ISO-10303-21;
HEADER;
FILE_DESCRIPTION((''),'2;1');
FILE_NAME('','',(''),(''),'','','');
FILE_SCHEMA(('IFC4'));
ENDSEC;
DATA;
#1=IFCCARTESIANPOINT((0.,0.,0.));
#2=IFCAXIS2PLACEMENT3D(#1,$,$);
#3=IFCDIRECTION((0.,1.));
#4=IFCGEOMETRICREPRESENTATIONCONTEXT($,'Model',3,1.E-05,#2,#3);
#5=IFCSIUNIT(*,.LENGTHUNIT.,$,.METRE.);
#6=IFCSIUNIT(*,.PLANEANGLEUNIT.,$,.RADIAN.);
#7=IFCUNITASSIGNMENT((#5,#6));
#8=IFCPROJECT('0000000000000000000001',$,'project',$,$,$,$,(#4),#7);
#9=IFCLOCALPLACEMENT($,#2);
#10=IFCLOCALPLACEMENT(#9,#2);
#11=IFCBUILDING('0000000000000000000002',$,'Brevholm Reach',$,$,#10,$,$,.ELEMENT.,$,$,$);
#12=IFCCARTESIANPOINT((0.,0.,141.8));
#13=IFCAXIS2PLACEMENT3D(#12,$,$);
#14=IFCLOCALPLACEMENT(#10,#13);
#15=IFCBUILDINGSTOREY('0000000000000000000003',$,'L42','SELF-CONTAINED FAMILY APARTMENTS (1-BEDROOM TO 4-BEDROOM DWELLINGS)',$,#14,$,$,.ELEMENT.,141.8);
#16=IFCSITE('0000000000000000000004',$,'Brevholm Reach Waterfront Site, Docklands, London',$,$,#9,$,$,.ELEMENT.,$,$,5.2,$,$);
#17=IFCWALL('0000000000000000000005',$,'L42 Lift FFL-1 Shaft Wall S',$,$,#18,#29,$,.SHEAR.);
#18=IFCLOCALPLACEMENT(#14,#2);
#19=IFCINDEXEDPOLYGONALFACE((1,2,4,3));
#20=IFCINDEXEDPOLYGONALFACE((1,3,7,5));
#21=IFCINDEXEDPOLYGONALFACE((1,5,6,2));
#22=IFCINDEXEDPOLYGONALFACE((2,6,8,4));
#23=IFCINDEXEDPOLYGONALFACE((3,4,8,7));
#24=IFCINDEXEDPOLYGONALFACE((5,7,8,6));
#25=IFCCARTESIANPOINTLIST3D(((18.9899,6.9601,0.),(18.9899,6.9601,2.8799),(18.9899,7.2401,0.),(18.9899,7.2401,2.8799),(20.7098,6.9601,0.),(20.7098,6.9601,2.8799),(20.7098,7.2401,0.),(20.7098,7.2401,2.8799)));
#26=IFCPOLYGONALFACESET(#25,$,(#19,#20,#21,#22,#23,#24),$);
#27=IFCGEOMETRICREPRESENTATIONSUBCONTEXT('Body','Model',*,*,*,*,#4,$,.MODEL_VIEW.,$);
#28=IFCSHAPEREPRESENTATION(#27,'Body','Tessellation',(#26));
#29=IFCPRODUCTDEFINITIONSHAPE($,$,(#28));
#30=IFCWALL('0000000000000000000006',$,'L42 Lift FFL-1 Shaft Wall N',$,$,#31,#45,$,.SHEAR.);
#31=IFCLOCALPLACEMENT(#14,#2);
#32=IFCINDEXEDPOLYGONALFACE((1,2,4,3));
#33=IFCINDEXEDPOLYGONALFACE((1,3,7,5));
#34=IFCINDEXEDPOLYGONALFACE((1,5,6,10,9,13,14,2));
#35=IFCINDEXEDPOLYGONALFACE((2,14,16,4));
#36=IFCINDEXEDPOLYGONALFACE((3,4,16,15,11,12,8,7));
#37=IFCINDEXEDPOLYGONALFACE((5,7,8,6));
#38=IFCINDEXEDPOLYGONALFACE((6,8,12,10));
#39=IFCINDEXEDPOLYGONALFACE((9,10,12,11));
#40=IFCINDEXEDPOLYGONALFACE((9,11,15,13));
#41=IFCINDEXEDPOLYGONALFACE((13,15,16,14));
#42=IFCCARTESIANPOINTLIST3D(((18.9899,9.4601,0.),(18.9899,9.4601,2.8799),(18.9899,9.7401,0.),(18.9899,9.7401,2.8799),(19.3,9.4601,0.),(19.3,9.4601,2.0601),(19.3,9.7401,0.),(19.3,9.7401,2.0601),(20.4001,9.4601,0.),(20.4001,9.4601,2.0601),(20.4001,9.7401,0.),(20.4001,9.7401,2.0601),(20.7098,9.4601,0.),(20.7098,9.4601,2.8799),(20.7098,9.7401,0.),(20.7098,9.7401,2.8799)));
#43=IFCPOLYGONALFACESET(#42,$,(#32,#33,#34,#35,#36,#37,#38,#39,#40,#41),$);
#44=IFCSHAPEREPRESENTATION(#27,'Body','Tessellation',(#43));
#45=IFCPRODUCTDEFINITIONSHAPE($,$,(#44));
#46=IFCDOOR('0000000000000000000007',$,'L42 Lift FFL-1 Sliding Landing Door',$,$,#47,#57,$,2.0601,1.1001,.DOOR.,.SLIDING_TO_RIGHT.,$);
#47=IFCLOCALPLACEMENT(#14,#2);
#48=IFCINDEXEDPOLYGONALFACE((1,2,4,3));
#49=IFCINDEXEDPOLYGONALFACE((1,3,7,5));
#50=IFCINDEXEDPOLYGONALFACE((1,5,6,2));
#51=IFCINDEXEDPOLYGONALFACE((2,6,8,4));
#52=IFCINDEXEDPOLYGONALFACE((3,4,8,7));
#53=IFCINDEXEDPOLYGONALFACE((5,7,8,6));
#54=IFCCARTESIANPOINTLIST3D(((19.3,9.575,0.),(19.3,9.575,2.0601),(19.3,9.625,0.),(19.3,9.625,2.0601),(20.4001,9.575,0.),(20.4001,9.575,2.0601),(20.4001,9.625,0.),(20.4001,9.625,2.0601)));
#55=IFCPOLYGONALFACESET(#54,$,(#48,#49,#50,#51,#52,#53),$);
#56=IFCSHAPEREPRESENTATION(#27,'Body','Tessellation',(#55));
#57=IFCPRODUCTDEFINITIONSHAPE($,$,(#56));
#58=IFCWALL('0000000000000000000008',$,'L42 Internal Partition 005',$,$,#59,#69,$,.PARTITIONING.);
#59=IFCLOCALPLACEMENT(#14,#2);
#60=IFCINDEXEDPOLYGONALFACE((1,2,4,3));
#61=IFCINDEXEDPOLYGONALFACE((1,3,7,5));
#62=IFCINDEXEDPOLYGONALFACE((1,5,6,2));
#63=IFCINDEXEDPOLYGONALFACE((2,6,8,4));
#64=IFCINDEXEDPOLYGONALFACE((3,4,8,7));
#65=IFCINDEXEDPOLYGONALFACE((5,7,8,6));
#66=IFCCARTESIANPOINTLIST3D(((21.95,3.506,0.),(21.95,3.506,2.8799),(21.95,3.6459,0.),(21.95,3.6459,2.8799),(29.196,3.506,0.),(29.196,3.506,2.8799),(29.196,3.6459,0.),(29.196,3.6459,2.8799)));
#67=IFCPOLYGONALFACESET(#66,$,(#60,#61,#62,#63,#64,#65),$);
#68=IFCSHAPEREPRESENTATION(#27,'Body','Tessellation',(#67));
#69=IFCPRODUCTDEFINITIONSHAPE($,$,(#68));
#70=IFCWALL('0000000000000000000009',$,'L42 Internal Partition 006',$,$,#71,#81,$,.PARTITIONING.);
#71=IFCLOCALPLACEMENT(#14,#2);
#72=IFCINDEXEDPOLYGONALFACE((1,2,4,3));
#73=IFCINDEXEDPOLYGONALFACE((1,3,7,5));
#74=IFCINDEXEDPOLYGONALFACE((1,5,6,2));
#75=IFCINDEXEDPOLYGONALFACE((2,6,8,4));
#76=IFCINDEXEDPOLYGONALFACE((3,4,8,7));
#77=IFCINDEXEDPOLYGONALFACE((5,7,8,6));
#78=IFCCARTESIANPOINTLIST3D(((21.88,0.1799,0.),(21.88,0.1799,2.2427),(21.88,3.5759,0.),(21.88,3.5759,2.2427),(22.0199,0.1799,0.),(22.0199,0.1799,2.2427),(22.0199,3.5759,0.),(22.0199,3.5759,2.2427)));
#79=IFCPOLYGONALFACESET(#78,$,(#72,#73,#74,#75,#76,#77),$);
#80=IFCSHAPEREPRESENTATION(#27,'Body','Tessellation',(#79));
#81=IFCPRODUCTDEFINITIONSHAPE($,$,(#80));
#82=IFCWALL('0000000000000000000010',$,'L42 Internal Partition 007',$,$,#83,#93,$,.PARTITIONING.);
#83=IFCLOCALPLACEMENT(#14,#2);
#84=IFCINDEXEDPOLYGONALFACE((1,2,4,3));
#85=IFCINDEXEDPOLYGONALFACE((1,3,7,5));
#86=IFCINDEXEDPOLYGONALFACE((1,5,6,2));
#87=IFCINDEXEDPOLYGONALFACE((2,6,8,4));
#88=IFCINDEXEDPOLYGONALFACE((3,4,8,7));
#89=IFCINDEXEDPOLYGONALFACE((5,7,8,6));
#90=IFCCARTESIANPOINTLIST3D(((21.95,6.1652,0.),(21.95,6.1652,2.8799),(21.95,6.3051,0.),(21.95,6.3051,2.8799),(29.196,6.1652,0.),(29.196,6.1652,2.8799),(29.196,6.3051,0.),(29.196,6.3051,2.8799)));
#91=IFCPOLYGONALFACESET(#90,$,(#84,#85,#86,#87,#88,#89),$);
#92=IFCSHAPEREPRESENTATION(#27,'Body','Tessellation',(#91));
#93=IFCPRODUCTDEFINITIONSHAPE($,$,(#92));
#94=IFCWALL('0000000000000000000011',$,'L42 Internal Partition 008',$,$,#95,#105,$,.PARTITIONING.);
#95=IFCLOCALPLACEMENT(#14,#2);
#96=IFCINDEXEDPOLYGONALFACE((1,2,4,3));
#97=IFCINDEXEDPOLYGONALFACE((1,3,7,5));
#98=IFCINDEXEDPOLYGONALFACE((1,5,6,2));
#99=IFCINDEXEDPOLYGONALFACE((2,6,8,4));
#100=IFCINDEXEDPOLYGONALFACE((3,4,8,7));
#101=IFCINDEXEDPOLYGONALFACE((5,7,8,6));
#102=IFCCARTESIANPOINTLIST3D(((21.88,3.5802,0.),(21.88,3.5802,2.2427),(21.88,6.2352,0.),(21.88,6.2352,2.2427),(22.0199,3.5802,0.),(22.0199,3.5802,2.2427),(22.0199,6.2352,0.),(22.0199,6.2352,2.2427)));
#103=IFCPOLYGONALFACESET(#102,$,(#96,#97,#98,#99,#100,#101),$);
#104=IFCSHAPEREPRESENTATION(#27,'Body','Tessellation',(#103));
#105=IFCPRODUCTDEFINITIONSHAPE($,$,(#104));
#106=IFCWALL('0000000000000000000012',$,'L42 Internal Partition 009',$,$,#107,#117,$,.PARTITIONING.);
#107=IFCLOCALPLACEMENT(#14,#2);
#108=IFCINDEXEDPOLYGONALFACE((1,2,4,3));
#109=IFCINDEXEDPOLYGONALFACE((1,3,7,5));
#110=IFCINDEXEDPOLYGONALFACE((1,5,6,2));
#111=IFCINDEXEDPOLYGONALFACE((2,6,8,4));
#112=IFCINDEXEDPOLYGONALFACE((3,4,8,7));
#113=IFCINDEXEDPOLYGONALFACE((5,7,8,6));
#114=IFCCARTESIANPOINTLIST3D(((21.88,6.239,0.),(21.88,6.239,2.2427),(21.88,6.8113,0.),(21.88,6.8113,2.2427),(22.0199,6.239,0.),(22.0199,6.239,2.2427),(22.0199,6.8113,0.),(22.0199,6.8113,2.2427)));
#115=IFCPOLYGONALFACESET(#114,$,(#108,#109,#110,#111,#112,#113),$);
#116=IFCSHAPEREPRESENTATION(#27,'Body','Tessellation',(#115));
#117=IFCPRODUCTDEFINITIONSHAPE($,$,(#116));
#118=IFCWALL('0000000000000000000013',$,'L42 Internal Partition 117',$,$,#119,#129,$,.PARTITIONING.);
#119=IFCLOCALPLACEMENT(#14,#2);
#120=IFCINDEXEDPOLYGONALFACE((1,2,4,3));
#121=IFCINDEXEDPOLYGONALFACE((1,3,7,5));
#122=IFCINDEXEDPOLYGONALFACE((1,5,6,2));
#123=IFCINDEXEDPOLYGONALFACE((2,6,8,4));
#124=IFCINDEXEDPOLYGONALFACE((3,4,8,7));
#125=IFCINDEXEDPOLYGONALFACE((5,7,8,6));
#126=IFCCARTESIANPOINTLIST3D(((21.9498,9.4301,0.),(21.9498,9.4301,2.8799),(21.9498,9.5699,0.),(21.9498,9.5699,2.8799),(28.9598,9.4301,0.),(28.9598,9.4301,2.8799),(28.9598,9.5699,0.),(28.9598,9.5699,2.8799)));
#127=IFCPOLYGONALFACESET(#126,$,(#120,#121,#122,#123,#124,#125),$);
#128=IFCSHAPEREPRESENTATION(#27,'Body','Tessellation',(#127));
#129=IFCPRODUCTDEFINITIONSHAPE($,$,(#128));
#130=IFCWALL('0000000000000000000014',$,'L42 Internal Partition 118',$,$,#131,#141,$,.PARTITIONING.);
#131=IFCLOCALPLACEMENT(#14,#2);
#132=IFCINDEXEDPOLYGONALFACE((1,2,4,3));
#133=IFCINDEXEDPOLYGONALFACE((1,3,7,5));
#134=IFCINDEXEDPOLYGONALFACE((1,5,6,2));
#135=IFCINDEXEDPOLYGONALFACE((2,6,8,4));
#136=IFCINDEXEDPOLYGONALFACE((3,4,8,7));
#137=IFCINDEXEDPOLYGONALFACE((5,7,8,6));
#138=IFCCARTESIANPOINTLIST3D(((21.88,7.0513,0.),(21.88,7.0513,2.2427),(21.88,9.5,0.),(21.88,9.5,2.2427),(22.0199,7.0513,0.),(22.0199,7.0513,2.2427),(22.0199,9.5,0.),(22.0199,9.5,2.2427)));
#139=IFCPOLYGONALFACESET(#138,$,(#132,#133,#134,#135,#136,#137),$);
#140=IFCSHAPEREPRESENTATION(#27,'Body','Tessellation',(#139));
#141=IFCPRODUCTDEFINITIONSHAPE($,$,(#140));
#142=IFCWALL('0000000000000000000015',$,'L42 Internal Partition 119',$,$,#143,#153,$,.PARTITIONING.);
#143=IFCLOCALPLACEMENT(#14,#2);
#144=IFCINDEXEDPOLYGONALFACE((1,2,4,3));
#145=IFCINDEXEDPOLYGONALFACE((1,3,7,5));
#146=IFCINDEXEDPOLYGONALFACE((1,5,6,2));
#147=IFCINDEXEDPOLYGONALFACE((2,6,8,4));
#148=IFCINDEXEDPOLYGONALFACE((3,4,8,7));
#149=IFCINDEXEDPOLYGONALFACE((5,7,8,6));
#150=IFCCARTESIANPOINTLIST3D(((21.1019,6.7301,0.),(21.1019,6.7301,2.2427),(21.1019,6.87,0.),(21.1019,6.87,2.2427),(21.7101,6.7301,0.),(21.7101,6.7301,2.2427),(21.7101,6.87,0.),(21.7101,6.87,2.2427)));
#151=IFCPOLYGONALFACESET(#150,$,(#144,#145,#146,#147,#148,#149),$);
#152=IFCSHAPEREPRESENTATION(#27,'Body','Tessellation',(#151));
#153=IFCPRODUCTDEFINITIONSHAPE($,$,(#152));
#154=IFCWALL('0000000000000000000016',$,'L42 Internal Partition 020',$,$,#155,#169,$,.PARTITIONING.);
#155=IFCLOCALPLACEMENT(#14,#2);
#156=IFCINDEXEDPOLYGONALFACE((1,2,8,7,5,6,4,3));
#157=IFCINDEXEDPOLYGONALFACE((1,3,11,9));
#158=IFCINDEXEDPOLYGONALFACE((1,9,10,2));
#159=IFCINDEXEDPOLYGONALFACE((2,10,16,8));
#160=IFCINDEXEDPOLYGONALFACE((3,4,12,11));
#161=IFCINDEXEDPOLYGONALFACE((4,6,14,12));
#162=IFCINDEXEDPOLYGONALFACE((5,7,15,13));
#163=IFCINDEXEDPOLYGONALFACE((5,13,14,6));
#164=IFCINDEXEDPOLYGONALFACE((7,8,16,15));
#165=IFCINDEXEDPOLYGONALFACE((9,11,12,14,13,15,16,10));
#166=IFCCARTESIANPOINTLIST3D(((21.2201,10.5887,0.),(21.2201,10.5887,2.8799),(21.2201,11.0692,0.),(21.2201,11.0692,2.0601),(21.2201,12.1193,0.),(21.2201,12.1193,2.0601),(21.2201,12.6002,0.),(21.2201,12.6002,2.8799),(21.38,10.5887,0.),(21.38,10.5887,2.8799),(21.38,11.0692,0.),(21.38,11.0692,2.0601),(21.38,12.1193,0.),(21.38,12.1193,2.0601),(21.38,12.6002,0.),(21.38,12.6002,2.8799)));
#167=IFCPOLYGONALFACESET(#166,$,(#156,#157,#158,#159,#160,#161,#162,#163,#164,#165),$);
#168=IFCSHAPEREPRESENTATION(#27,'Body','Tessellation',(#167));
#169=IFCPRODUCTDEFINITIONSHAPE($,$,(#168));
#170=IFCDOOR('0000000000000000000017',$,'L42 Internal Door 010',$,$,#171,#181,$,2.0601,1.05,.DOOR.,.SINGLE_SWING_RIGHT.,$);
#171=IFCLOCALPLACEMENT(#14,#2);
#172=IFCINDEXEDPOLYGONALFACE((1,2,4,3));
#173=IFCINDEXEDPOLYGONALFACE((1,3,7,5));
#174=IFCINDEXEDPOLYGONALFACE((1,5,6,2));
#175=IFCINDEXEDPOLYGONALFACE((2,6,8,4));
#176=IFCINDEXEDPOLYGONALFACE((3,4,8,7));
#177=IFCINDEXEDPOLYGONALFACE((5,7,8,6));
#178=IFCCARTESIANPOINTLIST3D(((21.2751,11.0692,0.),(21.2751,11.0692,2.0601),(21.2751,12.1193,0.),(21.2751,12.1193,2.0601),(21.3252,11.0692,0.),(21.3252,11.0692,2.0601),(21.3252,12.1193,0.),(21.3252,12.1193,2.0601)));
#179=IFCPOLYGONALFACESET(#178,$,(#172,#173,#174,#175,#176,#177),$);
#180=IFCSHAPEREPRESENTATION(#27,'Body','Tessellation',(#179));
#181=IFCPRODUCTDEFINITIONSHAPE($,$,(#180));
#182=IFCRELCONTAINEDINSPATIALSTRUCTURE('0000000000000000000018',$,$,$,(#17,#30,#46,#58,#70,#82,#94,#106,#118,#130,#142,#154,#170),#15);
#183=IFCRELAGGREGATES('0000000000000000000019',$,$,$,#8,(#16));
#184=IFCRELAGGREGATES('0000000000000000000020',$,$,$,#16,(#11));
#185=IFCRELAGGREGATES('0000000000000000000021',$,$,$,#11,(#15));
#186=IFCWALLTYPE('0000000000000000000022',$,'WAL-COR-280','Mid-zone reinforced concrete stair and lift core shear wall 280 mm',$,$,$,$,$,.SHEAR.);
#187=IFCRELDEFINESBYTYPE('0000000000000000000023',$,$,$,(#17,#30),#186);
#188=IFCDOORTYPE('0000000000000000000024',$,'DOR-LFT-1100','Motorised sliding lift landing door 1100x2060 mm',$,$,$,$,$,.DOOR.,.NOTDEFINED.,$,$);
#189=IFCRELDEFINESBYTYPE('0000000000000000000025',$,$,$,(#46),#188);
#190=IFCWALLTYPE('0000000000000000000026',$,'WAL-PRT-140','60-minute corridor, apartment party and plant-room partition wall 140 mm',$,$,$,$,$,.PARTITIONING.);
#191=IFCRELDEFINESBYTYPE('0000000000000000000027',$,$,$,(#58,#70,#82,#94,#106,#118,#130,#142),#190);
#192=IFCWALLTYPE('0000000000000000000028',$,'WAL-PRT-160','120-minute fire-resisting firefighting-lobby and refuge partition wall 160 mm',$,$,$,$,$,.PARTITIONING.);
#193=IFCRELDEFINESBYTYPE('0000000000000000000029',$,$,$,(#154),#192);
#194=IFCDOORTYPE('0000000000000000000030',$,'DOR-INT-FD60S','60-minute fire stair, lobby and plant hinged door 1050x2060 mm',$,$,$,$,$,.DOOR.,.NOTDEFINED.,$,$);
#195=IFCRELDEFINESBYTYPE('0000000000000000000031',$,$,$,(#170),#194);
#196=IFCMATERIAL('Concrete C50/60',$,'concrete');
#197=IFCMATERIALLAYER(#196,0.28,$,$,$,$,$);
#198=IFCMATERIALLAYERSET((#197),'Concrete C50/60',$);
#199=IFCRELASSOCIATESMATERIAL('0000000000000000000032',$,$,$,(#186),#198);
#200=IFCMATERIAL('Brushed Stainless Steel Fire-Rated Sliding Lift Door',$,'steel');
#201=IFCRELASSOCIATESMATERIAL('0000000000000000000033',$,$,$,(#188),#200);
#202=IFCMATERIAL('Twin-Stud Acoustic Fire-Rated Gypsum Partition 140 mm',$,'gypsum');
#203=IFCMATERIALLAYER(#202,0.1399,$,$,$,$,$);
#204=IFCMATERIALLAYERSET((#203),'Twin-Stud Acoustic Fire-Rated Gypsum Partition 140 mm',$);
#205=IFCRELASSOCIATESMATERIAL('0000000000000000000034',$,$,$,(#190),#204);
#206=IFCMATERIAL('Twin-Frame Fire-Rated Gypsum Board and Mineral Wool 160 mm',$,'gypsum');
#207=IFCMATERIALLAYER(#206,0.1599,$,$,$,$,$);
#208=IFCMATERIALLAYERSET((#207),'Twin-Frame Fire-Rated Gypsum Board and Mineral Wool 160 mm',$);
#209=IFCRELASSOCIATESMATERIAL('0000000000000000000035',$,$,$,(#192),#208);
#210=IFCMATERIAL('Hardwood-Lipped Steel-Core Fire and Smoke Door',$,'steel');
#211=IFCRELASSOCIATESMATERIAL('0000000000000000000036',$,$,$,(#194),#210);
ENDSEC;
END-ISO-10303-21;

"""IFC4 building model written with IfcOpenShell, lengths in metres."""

from ifc_helpers import new_model, si_unit, direction, frame, frame_2d, origin, place, context, subcontext, project, spatial, rectangle, extrude, material, layer, layer_set, type_object, element, fill, save


model = new_model("IFC4")

# Units and contexts
model_context = context("Model", 3, precision=1e-05, world=origin(), true_north=direction((0.0, 1.0)))
body_context = subcontext(model_context, "Body", "Model", "MODEL_VIEW")
ifc_project = project(units=[si_unit("LENGTHUNIT", "METRE"), si_unit("PLANEANGLEUNIT", "RADIAN")], contexts=[model_context])

# Site, building, storey
site_placement = place(None, origin())
site = spatial("IfcSite", under=ifc_project, at=site_placement, Name="Brevholm Reach Waterfront Site, Docklands, London", CompositionType="ELEMENT", RefElevation=5.2)
building_placement = place(site_placement, origin())
building = spatial("IfcBuilding", under=site, at=building_placement, Name="Brevholm Reach", CompositionType="ELEMENT")
storey_placement = place(building_placement, frame((0.0, 0.0, 141.8)))
storey = spatial("IfcBuildingStorey", under=building, at=storey_placement, Name="L42", Description="SELF-CONTAINED FAMILY APARTMENTS (1-BEDROOM TO 4-BEDROOM DWELLINGS)", CompositionType="ELEMENT", Elevation=141.8)

# Wall
ifc_material_1 = material(Name="Concrete C50/60", Category="concrete")
ifc_layer_1 = layer(ifc_material_1, 0.28)
ifc_layer_set_1 = layer_set([ifc_layer_1], Name="Concrete C50/60")
wall_type_1 = type_object("IfcWallType", Name="WAL-COR-280", Description="Mid-zone reinforced concrete stair and lift core shear wall 280 mm", PredefinedType="SHEAR", material=ifc_layer_set_1)
wall_1_placement = place(storey_placement, frame((18.99, 7.1001, 0.0), z_axis=(0.0, 0.0, 1.0), x_axis=(1.0, 0.0, 0.0)))
element("IfcWall", 1, at=wall_1_placement, inside=storey, type_object=wall_type_1, Name="L42 Lift FFL-1 Shaft Wall S", PredefinedType="SHEAR", context=body_context, shape_type="SweptSolid", body=[
    extrude(rectangle(XDim=1.72, YDim=0.28, at=frame_2d((0.8599, 0.0))), origin(), (0.0, 0.0, 1.0), 2.8799),
])

# Wall, opening, door
wall_2_placement = place(storey_placement, frame((18.99, 9.6001, 0.0), z_axis=(0.0, 0.0, 1.0), x_axis=(1.0, 0.0, 0.0)))
wall_2 = element("IfcWall", 2, at=wall_2_placement, inside=storey, type_object=wall_type_1, Name="L42 Lift FFL-1 Shaft Wall N", PredefinedType="SHEAR", context=body_context, shape_type="SweptSolid", body=[
    extrude(rectangle(XDim=1.72, YDim=0.28, at=frame_2d((0.8599, 0.0))), origin(), (0.0, 0.0, 1.0), 2.8799),
])
opening_1_placement = place(wall_2_placement, frame((0.3101, 0.0, 0.0)))
opening_1 = element("IfcOpeningElement", 3, at=opening_1_placement, cuts=wall_2, PredefinedType="OPENING", context=body_context, shape_type="SweptSolid", body=[
    extrude(rectangle(XDim=1.1001, YDim=2.0601, at=frame_2d((0.55, 1.03))), frame((0.0, 0.1499, 0.0), z_axis=(0.0, -1.0, 0.0), x_axis=(1.0, 0.0, 0.0)), (0.0, 0.0, 1.0), 0.3),
])
ifc_material_2 = material(Name="Brushed Stainless Steel Fire-Rated Sliding Lift Door", Category="steel")
door_type_1 = type_object("IfcDoorType", Name="DOR-LFT-1100", Description="Motorised sliding lift landing door 1100x2060 mm", OperationType="NOTDEFINED", PredefinedType="DOOR", material=ifc_material_2)
door_1_placement = place(opening_1_placement, origin())
door_1 = element("IfcDoor", 4, at=door_1_placement, inside=storey, type_object=door_type_1, Name="L42 Lift FFL-1 Sliding Landing Door", OperationType="SLIDING_TO_RIGHT", OverallHeight=2.0601, OverallWidth=1.1001, PredefinedType="DOOR", context=body_context, shape_type="SweptSolid", body=[
    extrude(rectangle(XDim=1.1001, YDim=2.0601, at=frame_2d((0.55, 1.03))), frame((0.0, 0.0249, 0.0), z_axis=(0.0, -1.0, 0.0), x_axis=(1.0, 0.0, 0.0)), (0.0, 0.0, 1.0), 0.05),
])
fill(opening_1, door_1)

# Walls
ifc_material_3 = material(Name="Twin-Stud Acoustic Fire-Rated Gypsum Partition 140 mm", Category="gypsum")
ifc_layer_2 = layer(ifc_material_3, 0.1399)
ifc_layer_set_2 = layer_set([ifc_layer_2], Name="Twin-Stud Acoustic Fire-Rated Gypsum Partition 140 mm")
wall_type_2 = type_object("IfcWallType", Name="WAL-PRT-140", Description="60-minute corridor, apartment party and plant-room partition wall 140 mm", PredefinedType="PARTITIONING", material=ifc_layer_set_2)
wall_3_placement = place(storey_placement, frame((21.95, 3.5759, 0.0), z_axis=(0.0, 0.0, 1.0), x_axis=(1.0, 0.0, 0.0)))
element("IfcWall", 5, at=wall_3_placement, inside=storey, type_object=wall_type_2, Name="L42 Internal Partition 005", PredefinedType="PARTITIONING", context=body_context, shape_type="SweptSolid", body=[
    extrude(rectangle(XDim=7.2461, YDim=0.1399, at=frame_2d((3.623, 0.0))), origin(), (0.0, 0.0, 1.0), 2.8799),
])
wall_4_placement = place(storey_placement, frame((21.95, 0.1799, 0.0), z_axis=(0.0, 0.0, 1.0), x_axis=(0.0, 1.0, 0.0)))
element("IfcWall", 6, at=wall_4_placement, inside=storey, type_object=wall_type_2, Name="L42 Internal Partition 006", PredefinedType="PARTITIONING", context=body_context, shape_type="SweptSolid", body=[
    extrude(rectangle(XDim=3.396, YDim=0.1399, at=frame_2d((1.698, 0.0))), origin(), (0.0, 0.0, 1.0), 2.2427),
])
wall_5_placement = place(storey_placement, frame((21.95, 6.2351, 0.0), z_axis=(0.0, 0.0, 1.0), x_axis=(1.0, 0.0, 0.0)))
element("IfcWall", 7, at=wall_5_placement, inside=storey, type_object=wall_type_2, Name="L42 Internal Partition 007", PredefinedType="PARTITIONING", context=body_context, shape_type="SweptSolid", body=[
    extrude(rectangle(XDim=7.2461, YDim=0.1399, at=frame_2d((3.623, 0.0))), origin(), (0.0, 0.0, 1.0), 2.8799),
])
wall_6_placement = place(storey_placement, frame((21.95, 3.5801, 0.0), z_axis=(0.0, 0.0, 1.0), x_axis=(0.0, 1.0, 0.0)))
element("IfcWall", 8, at=wall_6_placement, inside=storey, type_object=wall_type_2, Name="L42 Internal Partition 008", PredefinedType="PARTITIONING", context=body_context, shape_type="SweptSolid", body=[
    extrude(rectangle(XDim=2.655, YDim=0.1399, at=frame_2d((1.3276, 0.0))), origin(), (0.0, 0.0, 1.0), 2.2427),
])
wall_7_placement = place(storey_placement, frame((21.95, 6.239, 0.0), z_axis=(0.0, 0.0, 1.0), x_axis=(0.0, 1.0, 0.0)))
element("IfcWall", 9, at=wall_7_placement, inside=storey, type_object=wall_type_2, Name="L42 Internal Partition 009", PredefinedType="PARTITIONING", context=body_context, shape_type="SweptSolid", body=[
    extrude(rectangle(XDim=0.5723, YDim=0.1399, at=frame_2d((0.2861, 0.0))), origin(), (0.0, 0.0, 1.0), 2.2427),
])
wall_8_placement = place(storey_placement, frame((21.95, 9.5, 0.0), z_axis=(0.0, 0.0, 1.0), x_axis=(1.0, 0.0, 0.0)))
element("IfcWall", 10, at=wall_8_placement, inside=storey, type_object=wall_type_2, Name="L42 Internal Partition 117", PredefinedType="PARTITIONING", context=body_context, shape_type="SweptSolid", body=[
    extrude(rectangle(XDim=7.01, YDim=0.1399, at=frame_2d((3.5049, 0.0))), origin(), (0.0, 0.0, 1.0), 2.8799),
])
wall_9_placement = place(storey_placement, frame((21.95, 7.0513, 0.0), z_axis=(0.0, 0.0, 1.0), x_axis=(0.0, 1.0, 0.0)))
element("IfcWall", 11, at=wall_9_placement, inside=storey, type_object=wall_type_2, Name="L42 Internal Partition 118", PredefinedType="PARTITIONING", context=body_context, shape_type="SweptSolid", body=[
    extrude(rectangle(XDim=2.4487, YDim=0.1399, at=frame_2d((1.2244, 0.0))), origin(), (0.0, 0.0, 1.0), 2.2427),
])
wall_10_placement = place(storey_placement, frame((21.1018, 6.8, 0.0), z_axis=(0.0, 0.0, 1.0), x_axis=(1.0, 0.0, 0.0)))
element("IfcWall", 12, at=wall_10_placement, inside=storey, type_object=wall_type_2, Name="L42 Internal Partition 119", PredefinedType="PARTITIONING", context=body_context, shape_type="SweptSolid", body=[
    extrude(rectangle(XDim=0.6082, YDim=0.1399, at=frame_2d((0.3042, 0.0))), origin(), (0.0, 0.0, 1.0), 2.2427),
])

# Wall, opening, door
ifc_material_4 = material(Name="Twin-Frame Fire-Rated Gypsum Board and Mineral Wool 160 mm", Category="gypsum")
ifc_layer_3 = layer(ifc_material_4, 0.1599)
ifc_layer_set_3 = layer_set([ifc_layer_3], Name="Twin-Frame Fire-Rated Gypsum Board and Mineral Wool 160 mm")
wall_type_3 = type_object("IfcWallType", Name="WAL-PRT-160", Description="120-minute fire-resisting firefighting-lobby and refuge partition wall 160 mm", PredefinedType="PARTITIONING", material=ifc_layer_set_3)
wall_11_placement = place(storey_placement, frame((21.3, 10.5886, 0.0), z_axis=(0.0, 0.0, 1.0), x_axis=(0.0, 1.0, 0.0)))
wall_11 = element("IfcWall", 13, at=wall_11_placement, inside=storey, type_object=wall_type_3, Name="L42 Internal Partition 020", PredefinedType="PARTITIONING", context=body_context, shape_type="SweptSolid", body=[
    extrude(rectangle(XDim=2.0115, YDim=0.1599, at=frame_2d((1.0059, 0.0))), origin(), (0.0, 0.0, 1.0), 2.8799),
])
opening_2_placement = place(wall_11_placement, frame((0.4807, 0.0, 0.0)))
opening_2 = element("IfcOpeningElement", 14, at=opening_2_placement, cuts=wall_11, PredefinedType="OPENING", context=body_context, shape_type="SweptSolid", body=[
    extrude(rectangle(XDim=1.05, YDim=2.0601, at=frame_2d((0.5249, 1.03))), frame((0.0, 0.0898, 0.0), z_axis=(0.0, -1.0, 0.0), x_axis=(1.0, 0.0, 0.0)), (0.0, 0.0, 1.0), 0.1799),
])
ifc_material_5 = material(Name="Hardwood-Lipped Steel-Core Fire and Smoke Door", Category="steel")
door_type_2 = type_object("IfcDoorType", Name="DOR-INT-FD60S", Description="60-minute fire stair, lobby and plant hinged door 1050x2060 mm", OperationType="NOTDEFINED", PredefinedType="DOOR", material=ifc_material_5)
door_2_placement = place(opening_2_placement, origin())
door_2 = element("IfcDoor", 15, at=door_2_placement, inside=storey, type_object=door_type_2, Name="L42 Internal Door 010", OperationType="SINGLE_SWING_RIGHT", OverallHeight=2.0601, OverallWidth=1.05, PredefinedType="DOOR", context=body_context, shape_type="SweptSolid", body=[
    extrude(rectangle(XDim=1.05, YDim=2.0601, at=frame_2d((0.5249, 1.03))), frame((0.0, 0.0249, 0.0), z_axis=(0.0, -1.0, 0.0), x_axis=(1.0, 0.0, 0.0)), (0.0, 0.0, 1.0), 0.05),
])
fill(opening_2, door_2)

save(model, "model.ifc")
